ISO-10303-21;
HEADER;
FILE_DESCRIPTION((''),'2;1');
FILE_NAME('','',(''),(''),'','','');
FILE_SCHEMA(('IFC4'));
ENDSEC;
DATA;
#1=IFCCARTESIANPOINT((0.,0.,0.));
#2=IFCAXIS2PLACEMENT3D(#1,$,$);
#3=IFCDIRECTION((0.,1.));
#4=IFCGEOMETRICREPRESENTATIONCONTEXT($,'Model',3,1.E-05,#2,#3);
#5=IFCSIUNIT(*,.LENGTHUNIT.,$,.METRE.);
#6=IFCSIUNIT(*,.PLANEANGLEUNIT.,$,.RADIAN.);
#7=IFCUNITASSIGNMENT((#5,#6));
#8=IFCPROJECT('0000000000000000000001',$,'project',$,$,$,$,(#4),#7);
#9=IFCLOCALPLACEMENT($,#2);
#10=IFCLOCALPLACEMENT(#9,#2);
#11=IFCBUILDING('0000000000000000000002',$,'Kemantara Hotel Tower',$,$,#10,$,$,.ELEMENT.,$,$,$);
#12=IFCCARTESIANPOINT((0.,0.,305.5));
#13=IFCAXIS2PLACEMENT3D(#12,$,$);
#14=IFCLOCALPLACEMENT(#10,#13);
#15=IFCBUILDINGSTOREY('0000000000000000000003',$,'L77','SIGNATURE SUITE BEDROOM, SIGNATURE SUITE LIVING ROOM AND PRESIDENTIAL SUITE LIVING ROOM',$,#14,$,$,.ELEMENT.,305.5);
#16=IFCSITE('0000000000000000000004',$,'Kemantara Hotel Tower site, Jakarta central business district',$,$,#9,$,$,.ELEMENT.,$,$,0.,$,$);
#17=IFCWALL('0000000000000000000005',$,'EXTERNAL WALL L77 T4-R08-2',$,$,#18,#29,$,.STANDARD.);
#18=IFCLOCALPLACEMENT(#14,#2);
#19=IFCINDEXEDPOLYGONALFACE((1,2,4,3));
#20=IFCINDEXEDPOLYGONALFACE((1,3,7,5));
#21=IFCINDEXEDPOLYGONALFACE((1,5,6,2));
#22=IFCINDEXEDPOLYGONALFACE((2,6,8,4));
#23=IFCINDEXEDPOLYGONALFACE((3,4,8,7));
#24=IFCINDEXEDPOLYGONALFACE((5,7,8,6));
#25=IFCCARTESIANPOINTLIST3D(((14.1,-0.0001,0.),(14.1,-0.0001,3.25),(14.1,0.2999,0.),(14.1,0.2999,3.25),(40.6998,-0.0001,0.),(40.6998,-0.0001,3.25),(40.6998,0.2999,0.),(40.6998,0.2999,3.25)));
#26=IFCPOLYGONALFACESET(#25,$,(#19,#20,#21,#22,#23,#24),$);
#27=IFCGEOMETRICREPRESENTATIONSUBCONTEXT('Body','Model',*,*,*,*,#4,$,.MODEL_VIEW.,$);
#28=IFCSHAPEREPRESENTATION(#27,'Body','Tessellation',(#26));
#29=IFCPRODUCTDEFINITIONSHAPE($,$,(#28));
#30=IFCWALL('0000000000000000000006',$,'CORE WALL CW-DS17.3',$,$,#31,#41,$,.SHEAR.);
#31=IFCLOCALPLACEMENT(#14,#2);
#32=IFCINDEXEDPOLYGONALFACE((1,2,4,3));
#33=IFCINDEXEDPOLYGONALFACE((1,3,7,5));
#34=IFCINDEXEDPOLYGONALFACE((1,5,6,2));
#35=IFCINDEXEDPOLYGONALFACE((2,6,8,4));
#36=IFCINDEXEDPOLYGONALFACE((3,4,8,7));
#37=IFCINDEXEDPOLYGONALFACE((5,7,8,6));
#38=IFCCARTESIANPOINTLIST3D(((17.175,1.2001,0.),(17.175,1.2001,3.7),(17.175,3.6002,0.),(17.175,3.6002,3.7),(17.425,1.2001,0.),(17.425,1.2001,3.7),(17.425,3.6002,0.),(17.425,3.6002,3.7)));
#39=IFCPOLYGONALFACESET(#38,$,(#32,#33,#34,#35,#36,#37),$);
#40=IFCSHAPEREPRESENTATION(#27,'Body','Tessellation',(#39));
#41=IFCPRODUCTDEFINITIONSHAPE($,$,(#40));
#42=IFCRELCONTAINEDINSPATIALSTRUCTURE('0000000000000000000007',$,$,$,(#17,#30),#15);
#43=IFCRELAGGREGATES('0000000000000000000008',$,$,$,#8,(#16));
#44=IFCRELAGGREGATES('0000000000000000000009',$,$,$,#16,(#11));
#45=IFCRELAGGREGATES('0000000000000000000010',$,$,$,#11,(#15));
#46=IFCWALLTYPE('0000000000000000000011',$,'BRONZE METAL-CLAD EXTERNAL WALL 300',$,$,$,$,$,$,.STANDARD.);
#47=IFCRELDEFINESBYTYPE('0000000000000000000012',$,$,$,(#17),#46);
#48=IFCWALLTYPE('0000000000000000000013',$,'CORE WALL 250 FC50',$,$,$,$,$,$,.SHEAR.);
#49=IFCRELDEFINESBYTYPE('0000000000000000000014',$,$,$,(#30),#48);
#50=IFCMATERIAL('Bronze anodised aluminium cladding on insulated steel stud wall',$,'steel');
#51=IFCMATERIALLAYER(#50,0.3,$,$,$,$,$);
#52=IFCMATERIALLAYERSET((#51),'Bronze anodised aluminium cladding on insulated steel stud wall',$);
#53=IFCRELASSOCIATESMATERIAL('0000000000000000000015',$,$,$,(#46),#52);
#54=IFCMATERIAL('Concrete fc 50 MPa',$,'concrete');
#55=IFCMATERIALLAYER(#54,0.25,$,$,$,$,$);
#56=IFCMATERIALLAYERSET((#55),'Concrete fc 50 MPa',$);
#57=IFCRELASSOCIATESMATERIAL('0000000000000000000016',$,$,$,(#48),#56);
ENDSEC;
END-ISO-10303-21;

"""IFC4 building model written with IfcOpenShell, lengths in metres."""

from ifc_helpers import new_model, si_unit, direction, frame, frame_2d, origin, place, context, subcontext, project, spatial, rectangle, extrude, material, layer, layer_set, type_object, element, save


model = new_model("IFC4")

# Units and contexts
model_context = context("Model", 3, precision=1e-05, world=origin(), true_north=direction((0.0, 1.0)))
body_context = subcontext(model_context, "Body", "Model", "MODEL_VIEW")
ifc_project = project(units=[si_unit("LENGTHUNIT", "METRE"), si_unit("PLANEANGLEUNIT", "RADIAN")], contexts=[model_context])

# Site, building, storey
site_placement = place(None, origin())
site = spatial("IfcSite", under=ifc_project, at=site_placement, Name="Kemantara Hotel Tower site, Jakarta central business district", CompositionType="ELEMENT", RefElevation=0.0)
building_placement = place(site_placement, origin())
building = spatial("IfcBuilding", under=site, at=building_placement, Name="Kemantara Hotel Tower", CompositionType="ELEMENT")
storey_placement = place(building_placement, frame((0.0, 0.0, 305.5)))
storey = spatial("IfcBuildingStorey", under=building, at=storey_placement, Name="L77", Description="SIGNATURE SUITE BEDROOM, SIGNATURE SUITE LIVING ROOM AND PRESIDENTIAL SUITE LIVING ROOM", CompositionType="ELEMENT", Elevation=305.5)

# Walls
ifc_material_1 = material(Name="Bronze anodised aluminium cladding on insulated steel stud wall", Category="steel")
ifc_layer_1 = layer(ifc_material_1, 0.3)
ifc_layer_set_1 = layer_set([ifc_layer_1], Name="Bronze anodised aluminium cladding on insulated steel stud wall")
wall_type_1 = type_object("IfcWallType", Name="BRONZE METAL-CLAD EXTERNAL WALL 300", PredefinedType="STANDARD", material=ifc_layer_set_1)
wall_1_placement = place(storey_placement, frame((14.1001, 0.1499, 0.0), z_axis=(0.0, 0.0, 1.0), x_axis=(1.0, 0.0, 0.0)))
element("IfcWall", 1, at=wall_1_placement, inside=storey, type_object=wall_type_1, Name="EXTERNAL WALL L77 T4-R08-2", PredefinedType="STANDARD", context=body_context, shape_type="SweptSolid", body=[
    extrude(rectangle(XDim=26.5999, YDim=0.3, at=frame_2d((13.2998, 0.0))), origin(), (0.0, 0.0, 1.0), 3.25),
])
ifc_material_2 = material(Name="Concrete fc 50 MPa", Category="concrete")
ifc_layer_2 = layer(ifc_material_2, 0.25)
ifc_layer_set_2 = layer_set([ifc_layer_2], Name="Concrete fc 50 MPa")
wall_type_2 = type_object("IfcWallType", Name="CORE WALL 250 FC50", PredefinedType="SHEAR", material=ifc_layer_set_2)
wall_2_placement = place(storey_placement, frame((17.3, 1.2, 0.0), z_axis=(0.0, 0.0, 1.0), x_axis=(0.0, 1.0, 0.0)))
element("IfcWall", 2, at=wall_2_placement, inside=storey, type_object=wall_type_2, Name="CORE WALL CW-DS17.3", PredefinedType="SHEAR", context=body_context, shape_type="SweptSolid", body=[
    extrude(rectangle(XDim=2.4001, YDim=0.25, at=frame_2d((1.2002, 0.0))), origin(), (0.0, 0.0, 1.0), 3.7),
])

save(model, "model.ifc")
